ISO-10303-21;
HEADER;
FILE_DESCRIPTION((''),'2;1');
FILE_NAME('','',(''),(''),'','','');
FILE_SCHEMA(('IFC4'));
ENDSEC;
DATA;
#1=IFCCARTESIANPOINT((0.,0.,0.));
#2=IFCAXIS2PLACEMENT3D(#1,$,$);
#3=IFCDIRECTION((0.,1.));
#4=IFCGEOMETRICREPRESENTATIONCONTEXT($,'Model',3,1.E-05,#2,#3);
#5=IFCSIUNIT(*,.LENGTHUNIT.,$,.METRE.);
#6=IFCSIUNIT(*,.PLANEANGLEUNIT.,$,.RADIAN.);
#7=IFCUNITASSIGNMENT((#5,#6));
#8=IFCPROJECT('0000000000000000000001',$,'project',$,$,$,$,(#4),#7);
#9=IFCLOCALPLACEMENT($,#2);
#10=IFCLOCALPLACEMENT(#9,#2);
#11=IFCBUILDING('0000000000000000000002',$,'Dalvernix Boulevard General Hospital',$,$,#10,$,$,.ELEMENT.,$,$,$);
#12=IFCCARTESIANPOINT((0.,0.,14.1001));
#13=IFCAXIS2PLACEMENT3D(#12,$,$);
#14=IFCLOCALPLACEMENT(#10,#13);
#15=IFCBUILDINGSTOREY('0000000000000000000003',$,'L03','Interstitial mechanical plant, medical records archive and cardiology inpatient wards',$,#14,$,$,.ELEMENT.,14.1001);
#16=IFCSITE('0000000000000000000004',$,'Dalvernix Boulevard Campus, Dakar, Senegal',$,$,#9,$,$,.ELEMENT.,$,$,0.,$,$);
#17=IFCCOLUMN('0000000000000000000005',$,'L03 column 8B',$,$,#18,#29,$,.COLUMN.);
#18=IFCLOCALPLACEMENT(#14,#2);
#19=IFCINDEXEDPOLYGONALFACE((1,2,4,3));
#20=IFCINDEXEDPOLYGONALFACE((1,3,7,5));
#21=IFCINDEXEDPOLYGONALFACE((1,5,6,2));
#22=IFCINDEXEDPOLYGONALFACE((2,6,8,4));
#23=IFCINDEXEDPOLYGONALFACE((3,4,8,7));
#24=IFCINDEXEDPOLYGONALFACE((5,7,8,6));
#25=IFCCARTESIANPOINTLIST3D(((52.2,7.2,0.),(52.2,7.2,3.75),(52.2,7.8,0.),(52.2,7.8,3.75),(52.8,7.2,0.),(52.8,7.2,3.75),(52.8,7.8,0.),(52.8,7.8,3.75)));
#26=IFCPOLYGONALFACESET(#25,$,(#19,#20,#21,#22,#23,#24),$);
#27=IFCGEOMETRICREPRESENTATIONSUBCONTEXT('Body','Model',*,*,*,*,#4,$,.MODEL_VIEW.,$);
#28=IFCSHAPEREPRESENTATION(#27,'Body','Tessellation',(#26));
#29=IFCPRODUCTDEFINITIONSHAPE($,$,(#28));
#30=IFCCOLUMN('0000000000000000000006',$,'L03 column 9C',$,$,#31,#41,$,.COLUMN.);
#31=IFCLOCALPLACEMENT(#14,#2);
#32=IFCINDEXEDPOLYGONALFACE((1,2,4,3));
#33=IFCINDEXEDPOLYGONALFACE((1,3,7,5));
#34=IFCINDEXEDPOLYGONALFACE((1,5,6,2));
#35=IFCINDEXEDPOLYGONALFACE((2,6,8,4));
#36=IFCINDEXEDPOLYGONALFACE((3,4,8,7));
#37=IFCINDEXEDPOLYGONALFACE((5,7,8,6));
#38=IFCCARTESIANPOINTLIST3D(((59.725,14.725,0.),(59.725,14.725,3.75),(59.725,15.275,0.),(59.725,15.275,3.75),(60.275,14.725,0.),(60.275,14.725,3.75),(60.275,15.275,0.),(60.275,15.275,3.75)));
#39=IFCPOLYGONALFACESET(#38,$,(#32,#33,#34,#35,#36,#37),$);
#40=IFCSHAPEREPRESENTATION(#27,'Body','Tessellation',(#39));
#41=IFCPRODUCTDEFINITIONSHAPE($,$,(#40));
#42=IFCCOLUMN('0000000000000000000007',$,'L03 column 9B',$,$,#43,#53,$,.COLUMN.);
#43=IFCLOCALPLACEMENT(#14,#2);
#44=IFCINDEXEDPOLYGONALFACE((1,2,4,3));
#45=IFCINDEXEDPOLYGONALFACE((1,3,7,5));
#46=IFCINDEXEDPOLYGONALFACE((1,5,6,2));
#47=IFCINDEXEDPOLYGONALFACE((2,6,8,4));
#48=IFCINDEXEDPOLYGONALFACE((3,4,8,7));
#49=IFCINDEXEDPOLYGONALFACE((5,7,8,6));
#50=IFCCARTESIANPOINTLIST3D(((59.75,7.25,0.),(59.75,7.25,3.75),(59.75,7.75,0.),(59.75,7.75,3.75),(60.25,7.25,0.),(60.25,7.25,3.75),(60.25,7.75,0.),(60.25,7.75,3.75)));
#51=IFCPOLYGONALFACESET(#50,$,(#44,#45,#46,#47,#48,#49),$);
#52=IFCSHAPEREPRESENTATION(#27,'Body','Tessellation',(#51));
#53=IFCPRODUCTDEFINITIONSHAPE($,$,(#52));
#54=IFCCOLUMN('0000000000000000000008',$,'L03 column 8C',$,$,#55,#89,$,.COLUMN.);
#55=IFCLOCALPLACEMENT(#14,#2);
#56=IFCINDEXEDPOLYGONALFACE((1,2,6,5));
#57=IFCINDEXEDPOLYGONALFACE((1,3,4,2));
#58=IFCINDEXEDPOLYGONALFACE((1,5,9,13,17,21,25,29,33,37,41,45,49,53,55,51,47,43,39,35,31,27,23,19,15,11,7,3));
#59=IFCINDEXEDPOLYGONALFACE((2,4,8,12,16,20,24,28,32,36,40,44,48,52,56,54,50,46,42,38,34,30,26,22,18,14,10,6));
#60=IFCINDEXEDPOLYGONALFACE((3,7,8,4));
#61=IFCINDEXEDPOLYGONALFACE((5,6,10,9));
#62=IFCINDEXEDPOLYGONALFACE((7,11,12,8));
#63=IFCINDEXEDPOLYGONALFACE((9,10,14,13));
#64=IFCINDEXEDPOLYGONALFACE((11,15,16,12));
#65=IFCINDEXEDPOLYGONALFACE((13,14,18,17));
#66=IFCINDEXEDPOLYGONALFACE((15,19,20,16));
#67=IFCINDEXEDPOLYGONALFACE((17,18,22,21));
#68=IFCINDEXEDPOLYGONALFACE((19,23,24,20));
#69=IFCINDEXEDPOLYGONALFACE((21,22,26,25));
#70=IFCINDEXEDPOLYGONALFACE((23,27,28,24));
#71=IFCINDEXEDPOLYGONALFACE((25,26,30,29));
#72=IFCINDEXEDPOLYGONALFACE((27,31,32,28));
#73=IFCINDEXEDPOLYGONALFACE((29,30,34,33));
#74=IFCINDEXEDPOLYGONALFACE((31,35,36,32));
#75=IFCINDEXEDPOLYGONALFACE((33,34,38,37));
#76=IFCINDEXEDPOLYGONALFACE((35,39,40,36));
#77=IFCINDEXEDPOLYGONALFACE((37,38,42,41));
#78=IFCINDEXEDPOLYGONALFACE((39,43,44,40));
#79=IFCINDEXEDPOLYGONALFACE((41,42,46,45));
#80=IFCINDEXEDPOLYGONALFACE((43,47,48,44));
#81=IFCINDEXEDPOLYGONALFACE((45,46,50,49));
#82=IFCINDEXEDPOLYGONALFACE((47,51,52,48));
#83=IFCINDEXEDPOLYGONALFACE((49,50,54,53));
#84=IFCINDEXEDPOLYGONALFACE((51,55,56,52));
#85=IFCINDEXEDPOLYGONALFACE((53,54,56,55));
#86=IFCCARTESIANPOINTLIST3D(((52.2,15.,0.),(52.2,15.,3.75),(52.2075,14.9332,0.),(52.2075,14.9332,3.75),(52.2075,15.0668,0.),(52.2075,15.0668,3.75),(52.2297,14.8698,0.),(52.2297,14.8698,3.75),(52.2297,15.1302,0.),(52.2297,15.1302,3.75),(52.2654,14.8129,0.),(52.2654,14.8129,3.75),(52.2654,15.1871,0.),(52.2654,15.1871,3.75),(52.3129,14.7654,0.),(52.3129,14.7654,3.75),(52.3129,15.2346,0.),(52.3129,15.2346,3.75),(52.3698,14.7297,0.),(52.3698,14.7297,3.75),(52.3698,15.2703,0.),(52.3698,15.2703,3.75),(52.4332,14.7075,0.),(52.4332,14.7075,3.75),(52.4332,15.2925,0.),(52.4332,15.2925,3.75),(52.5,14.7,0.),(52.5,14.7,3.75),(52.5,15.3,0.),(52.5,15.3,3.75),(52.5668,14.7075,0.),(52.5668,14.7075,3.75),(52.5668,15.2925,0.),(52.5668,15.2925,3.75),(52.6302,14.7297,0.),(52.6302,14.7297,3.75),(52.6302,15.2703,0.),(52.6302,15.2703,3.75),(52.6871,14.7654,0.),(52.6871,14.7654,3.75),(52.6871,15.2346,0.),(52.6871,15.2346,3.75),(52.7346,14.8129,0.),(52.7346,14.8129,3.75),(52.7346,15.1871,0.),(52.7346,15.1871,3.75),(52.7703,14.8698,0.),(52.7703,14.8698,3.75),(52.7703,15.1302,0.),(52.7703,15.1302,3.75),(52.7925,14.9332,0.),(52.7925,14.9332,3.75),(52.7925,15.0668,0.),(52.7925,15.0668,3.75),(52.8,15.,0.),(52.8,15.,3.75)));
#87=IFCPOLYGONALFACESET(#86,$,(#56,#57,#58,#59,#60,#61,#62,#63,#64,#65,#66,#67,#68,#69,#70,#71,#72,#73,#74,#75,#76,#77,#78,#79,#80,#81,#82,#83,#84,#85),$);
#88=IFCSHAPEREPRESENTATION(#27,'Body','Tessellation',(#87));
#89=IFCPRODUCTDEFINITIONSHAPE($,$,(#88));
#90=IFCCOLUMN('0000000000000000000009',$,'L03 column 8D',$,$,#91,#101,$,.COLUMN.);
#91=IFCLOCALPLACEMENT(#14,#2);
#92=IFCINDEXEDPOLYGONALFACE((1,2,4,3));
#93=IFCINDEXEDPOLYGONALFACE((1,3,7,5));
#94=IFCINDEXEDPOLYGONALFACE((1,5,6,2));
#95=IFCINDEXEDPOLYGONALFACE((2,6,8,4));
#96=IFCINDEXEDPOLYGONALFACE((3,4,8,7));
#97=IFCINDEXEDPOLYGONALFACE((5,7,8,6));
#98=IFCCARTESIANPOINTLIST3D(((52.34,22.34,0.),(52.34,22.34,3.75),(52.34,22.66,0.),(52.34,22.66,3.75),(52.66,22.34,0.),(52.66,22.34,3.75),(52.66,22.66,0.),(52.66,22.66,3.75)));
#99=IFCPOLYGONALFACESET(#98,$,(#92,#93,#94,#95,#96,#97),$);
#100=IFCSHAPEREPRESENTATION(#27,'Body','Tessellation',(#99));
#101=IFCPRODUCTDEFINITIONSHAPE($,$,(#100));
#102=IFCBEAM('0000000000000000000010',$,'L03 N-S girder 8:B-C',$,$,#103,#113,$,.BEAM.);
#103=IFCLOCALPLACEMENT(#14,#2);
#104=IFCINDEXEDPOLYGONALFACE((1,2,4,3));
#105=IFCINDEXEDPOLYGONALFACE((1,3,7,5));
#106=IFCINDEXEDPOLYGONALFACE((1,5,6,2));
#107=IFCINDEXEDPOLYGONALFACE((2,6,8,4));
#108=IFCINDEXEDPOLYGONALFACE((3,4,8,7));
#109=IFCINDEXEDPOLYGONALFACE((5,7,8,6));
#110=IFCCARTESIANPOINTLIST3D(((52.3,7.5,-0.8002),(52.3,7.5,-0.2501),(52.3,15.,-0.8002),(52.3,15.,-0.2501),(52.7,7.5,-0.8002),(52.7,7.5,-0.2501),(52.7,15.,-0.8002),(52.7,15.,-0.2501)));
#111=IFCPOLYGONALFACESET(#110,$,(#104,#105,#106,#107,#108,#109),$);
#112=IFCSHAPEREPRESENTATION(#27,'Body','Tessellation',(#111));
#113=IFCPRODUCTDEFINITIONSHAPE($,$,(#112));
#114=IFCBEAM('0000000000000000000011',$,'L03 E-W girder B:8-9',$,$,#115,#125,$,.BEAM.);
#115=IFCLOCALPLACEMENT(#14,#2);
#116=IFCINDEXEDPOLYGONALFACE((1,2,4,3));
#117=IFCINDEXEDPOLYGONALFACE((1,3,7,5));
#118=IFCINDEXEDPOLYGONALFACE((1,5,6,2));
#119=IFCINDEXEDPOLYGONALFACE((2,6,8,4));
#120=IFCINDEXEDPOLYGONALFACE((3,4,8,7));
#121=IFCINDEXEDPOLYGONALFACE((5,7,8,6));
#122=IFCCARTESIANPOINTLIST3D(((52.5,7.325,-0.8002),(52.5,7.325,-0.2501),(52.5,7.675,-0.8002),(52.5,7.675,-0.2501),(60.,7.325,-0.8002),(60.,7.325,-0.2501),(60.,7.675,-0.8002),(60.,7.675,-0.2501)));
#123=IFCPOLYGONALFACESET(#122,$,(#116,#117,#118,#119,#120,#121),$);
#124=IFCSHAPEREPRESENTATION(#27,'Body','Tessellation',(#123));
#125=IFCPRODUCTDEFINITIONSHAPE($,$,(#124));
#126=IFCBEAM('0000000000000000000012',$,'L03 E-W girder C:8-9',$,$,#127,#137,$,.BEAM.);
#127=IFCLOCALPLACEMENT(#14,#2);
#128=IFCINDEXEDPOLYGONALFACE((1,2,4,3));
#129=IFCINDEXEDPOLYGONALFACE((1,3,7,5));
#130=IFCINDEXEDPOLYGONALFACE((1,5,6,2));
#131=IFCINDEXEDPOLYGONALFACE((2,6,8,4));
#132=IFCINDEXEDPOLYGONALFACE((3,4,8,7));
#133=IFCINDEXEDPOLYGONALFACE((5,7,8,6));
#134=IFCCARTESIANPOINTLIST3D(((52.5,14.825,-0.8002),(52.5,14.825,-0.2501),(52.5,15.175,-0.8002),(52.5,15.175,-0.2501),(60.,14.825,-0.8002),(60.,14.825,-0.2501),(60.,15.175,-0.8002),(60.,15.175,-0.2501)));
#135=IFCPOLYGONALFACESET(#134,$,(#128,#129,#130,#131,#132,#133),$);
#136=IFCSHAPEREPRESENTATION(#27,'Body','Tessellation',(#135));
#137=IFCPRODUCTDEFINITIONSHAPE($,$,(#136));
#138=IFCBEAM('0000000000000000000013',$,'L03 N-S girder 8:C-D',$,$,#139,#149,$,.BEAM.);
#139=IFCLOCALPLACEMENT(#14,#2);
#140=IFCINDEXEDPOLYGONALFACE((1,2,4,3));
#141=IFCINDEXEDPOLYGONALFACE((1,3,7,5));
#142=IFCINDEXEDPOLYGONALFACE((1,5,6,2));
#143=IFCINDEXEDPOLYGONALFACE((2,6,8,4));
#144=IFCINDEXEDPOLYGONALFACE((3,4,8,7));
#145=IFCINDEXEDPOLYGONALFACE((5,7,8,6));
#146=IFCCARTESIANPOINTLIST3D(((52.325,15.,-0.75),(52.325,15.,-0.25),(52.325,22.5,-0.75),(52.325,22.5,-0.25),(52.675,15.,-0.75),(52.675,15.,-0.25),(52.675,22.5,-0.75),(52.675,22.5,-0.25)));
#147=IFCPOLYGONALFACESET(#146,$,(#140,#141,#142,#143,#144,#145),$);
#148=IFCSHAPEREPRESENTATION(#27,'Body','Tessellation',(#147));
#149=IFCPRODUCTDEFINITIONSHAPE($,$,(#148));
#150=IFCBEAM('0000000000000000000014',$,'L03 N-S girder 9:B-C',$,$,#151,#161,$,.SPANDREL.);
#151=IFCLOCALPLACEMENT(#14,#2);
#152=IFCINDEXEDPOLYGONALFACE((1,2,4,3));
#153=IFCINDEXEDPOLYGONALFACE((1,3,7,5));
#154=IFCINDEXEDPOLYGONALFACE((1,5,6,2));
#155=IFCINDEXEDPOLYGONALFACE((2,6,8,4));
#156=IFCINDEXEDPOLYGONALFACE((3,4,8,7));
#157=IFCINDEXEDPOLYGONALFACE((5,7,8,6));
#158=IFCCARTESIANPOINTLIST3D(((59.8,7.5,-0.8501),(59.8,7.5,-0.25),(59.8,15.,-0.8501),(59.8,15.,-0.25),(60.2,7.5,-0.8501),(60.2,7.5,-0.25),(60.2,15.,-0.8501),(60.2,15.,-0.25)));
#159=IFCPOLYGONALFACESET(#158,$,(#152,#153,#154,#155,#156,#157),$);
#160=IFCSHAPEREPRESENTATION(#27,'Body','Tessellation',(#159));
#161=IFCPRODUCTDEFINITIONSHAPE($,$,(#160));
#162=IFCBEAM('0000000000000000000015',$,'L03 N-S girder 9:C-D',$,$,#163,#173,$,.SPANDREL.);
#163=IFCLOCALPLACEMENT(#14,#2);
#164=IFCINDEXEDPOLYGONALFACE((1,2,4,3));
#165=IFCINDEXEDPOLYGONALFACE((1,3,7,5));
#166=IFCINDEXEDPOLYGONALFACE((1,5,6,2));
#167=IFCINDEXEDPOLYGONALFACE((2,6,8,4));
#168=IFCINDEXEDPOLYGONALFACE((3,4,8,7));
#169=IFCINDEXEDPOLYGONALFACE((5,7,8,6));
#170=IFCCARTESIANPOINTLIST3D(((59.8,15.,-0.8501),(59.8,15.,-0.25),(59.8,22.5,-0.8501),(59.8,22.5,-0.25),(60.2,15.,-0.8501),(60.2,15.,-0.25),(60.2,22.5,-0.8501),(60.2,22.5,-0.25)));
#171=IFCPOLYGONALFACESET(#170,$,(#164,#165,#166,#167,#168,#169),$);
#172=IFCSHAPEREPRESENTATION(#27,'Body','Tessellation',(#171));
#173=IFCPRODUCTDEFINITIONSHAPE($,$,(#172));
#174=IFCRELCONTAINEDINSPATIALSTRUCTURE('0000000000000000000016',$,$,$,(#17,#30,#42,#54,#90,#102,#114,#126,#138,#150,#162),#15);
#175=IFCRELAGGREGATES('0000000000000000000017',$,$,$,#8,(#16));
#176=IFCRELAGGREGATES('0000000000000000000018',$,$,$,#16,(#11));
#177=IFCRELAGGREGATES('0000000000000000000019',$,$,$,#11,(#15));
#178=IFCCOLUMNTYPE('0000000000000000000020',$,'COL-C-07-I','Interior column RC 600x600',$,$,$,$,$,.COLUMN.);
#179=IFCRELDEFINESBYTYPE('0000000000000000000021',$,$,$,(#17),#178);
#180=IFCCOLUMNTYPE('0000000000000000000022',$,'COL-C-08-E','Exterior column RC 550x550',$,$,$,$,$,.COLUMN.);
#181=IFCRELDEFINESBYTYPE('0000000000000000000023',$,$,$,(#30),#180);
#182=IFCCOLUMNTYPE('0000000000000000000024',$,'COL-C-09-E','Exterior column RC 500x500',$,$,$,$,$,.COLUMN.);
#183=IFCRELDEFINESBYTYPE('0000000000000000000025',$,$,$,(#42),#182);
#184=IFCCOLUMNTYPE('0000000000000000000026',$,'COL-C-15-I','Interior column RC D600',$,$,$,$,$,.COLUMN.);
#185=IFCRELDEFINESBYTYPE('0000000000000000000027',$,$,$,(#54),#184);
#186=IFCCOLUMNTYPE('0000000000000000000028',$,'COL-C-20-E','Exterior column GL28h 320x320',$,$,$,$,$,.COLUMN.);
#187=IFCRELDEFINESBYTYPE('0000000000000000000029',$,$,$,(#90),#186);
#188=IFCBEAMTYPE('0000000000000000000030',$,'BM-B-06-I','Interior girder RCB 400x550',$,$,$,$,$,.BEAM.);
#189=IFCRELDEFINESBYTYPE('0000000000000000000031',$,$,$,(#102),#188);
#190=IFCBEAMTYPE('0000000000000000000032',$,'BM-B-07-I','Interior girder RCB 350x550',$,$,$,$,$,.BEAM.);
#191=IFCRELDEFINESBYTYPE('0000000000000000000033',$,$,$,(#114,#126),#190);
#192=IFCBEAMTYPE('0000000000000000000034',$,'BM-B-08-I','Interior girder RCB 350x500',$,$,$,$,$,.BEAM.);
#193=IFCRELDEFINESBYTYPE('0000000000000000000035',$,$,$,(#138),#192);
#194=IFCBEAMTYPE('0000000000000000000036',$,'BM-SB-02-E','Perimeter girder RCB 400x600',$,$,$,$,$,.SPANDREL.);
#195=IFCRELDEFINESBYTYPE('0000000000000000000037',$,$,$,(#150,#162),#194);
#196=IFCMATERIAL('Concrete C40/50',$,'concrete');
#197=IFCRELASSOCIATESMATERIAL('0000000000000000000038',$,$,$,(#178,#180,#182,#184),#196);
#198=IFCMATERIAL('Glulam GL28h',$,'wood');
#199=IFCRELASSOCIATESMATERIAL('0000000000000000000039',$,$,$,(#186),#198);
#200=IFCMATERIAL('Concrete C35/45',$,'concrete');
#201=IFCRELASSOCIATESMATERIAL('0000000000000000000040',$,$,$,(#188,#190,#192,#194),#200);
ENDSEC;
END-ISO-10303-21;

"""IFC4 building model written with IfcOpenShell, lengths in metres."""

from ifc_helpers import new_model, si_unit, direction, frame, origin, origin_2d, place, context, subcontext, project, spatial, rectangle, circle, extrude, material, material_profile, profile_set, type_object, element, save


model = new_model("IFC4")

# Units and contexts
model_context = context("Model", 3, precision=1e-05, world=origin(), true_north=direction((0.0, 1.0)))
body_context = subcontext(model_context, "Body", "Model", "MODEL_VIEW")
ifc_project = project(units=[si_unit("LENGTHUNIT", "METRE"), si_unit("PLANEANGLEUNIT", "RADIAN")], contexts=[model_context])

# Site, building, storey
site_placement = place(None, origin())
site = spatial("IfcSite", under=ifc_project, at=site_placement, Name="Dalvernix Boulevard Campus, Dakar, Senegal", CompositionType="ELEMENT", RefElevation=0.0)
building_placement = place(site_placement, origin())
building = spatial("IfcBuilding", under=site, at=building_placement, Name="Dalvernix Boulevard General Hospital", CompositionType="ELEMENT")
storey_placement = place(building_placement, frame((0.0, 0.0, 14.1001)))
storey = spatial("IfcBuildingStorey", under=building, at=storey_placement, Name="L03", Description="Interstitial mechanical plant, medical records archive and cardiology inpatient wards", CompositionType="ELEMENT", Elevation=14.1001)

# Columns
ifc_material_1 = material(Name="Concrete C40/50", Category="concrete")
ifc_material_profile_1 = material_profile(ifc_material_1, rectangle(XDim=0.6001, YDim=0.6001, at=origin_2d()), Name="RC 600x600")
ifc_profile_set_1 = profile_set([ifc_material_profile_1], Name="Concrete C40/50")
column_type_1 = type_object("IfcColumnType", Name="COL-C-07-I", Description="Interior column RC 600x600", PredefinedType="COLUMN", material=ifc_profile_set_1)
column_1_placement = place(storey_placement, frame((52.5, 7.5, 0.0), z_axis=(0.0, 0.0, 1.0), x_axis=(1.0, 0.0, 0.0)))
element("IfcColumn", 1, at=column_1_placement, inside=storey, type_object=column_type_1, Name="L03 column 8B", PredefinedType="COLUMN", context=body_context, shape_type="SweptSolid", body=[
    extrude(rectangle(XDim=0.6001, YDim=0.6001, at=origin_2d()), origin(), (0.0, 0.0, 1.0), 3.75),
])
ifc_material_profile_2 = material_profile(ifc_material_1, rectangle(XDim=0.55, YDim=0.55, at=origin_2d()), Name="RC 550x550")
ifc_profile_set_2 = profile_set([ifc_material_profile_2], Name="Concrete C40/50")
column_type_2 = type_object("IfcColumnType", Name="COL-C-08-E", Description="Exterior column RC 550x550", PredefinedType="COLUMN", material=ifc_profile_set_2)
column_2_placement = place(storey_placement, frame((60.0, 15.0, 0.0), z_axis=(0.0, 0.0, 1.0), x_axis=(1.0, 0.0, 0.0)))
element("IfcColumn", 2, at=column_2_placement, inside=storey, type_object=column_type_2, Name="L03 column 9C", PredefinedType="COLUMN", context=body_context, shape_type="SweptSolid", body=[
    extrude(rectangle(XDim=0.55, YDim=0.55, at=origin_2d()), origin(), (0.0, 0.0, 1.0), 3.75),
])
ifc_material_profile_3 = material_profile(ifc_material_1, rectangle(XDim=0.5, YDim=0.5, at=origin_2d()), Name="RC 500x500")
ifc_profile_set_3 = profile_set([ifc_material_profile_3], Name="Concrete C40/50")
column_type_3 = type_object("IfcColumnType", Name="COL-C-09-E", Description="Exterior column RC 500x500", PredefinedType="COLUMN", material=ifc_profile_set_3)
column_3_placement = place(storey_placement, frame((60.0, 7.5, 0.0), z_axis=(0.0, 0.0, 1.0), x_axis=(1.0, 0.0, 0.0)))
element("IfcColumn", 3, at=column_3_placement, inside=storey, type_object=column_type_3, Name="L03 column 9B", PredefinedType="COLUMN", context=body_context, shape_type="SweptSolid", body=[
    extrude(rectangle(XDim=0.5, YDim=0.5, at=origin_2d()), origin(), (0.0, 0.0, 1.0), 3.75),
])
ifc_material_profile_4 = material_profile(ifc_material_1, circle(Radius=0.3, at=origin_2d()), Name="RC D600")
ifc_profile_set_4 = profile_set([ifc_material_profile_4], Name="Concrete C40/50")
column_type_4 = type_object("IfcColumnType", Name="COL-C-15-I", Description="Interior column RC D600", PredefinedType="COLUMN", material=ifc_profile_set_4)
column_4_placement = place(storey_placement, frame((52.5, 15.0, 0.0), z_axis=(0.0, 0.0, 1.0), x_axis=(1.0, 0.0, 0.0)))
element("IfcColumn", 4, at=column_4_placement, inside=storey, type_object=column_type_4, Name="L03 column 8C", PredefinedType="COLUMN", context=body_context, shape_type="SweptSolid", body=[
    extrude(circle(Radius=0.3, at=origin_2d()), origin(), (0.0, 0.0, 1.0), 3.75),
])
ifc_material_2 = material(Name="Glulam GL28h", Category="wood")
ifc_material_profile_5 = material_profile(ifc_material_2, rectangle(XDim=0.3201, YDim=0.3201, at=origin_2d()), Name="GL28h 320x320")
ifc_profile_set_5 = profile_set([ifc_material_profile_5], Name="Glulam GL28h")
column_type_5 = type_object("IfcColumnType", Name="COL-C-20-E", Description="Exterior column GL28h 320x320", PredefinedType="COLUMN", material=ifc_profile_set_5)
column_5_placement = place(storey_placement, frame((52.5, 22.5, 0.0), z_axis=(0.0, 0.0, 1.0), x_axis=(1.0, 0.0, 0.0)))
element("IfcColumn", 5, at=column_5_placement, inside=storey, type_object=column_type_5, Name="L03 column 8D", PredefinedType="COLUMN", context=body_context, shape_type="SweptSolid", body=[
    extrude(rectangle(XDim=0.3201, YDim=0.3201, at=origin_2d()), origin(), (0.0, 0.0, 1.0), 3.75),
])

# Beams
ifc_material_3 = material(Name="Concrete C35/45", Category="concrete")
ifc_material_profile_6 = material_profile(ifc_material_3, rectangle(XDim=0.3999, YDim=0.55, at=origin_2d()), Name="RCB 400x550")
ifc_profile_set_6 = profile_set([ifc_material_profile_6], Name="Concrete C35/45")
beam_type_1 = type_object("IfcBeamType", Name="BM-B-06-I", Description="Interior girder RCB 400x550", PredefinedType="BEAM", material=ifc_profile_set_6)
beam_1_placement = place(storey_placement, frame((52.5, 7.5, -0.5251), z_axis=(0.0, 1.0, 0.0), x_axis=(-1.0, 0.0, 0.0)))
element("IfcBeam", 6, at=beam_1_placement, inside=storey, type_object=beam_type_1, Name="L03 N-S girder 8:B-C", PredefinedType="BEAM", context=body_context, shape_type="SweptSolid", body=[
    extrude(rectangle(XDim=0.3999, YDim=0.55, at=origin_2d()), origin(), (0.0, 0.0, 1.0), 7.5),
])
ifc_material_profile_7 = material_profile(ifc_material_3, rectangle(XDim=0.3501, YDim=0.55, at=origin_2d()), Name="RCB 350x550")
ifc_profile_set_7 = profile_set([ifc_material_profile_7], Name="Concrete C35/45")
beam_type_2 = type_object("IfcBeamType", Name="BM-B-07-I", Description="Interior girder RCB 350x550", PredefinedType="BEAM", material=ifc_profile_set_7)
for number, where, z_axis, x_axis, name in (
    (7, (52.5, 7.5, -0.5251), (1.0, 0.0, 0.0), (0.0, 1.0, 0.0), "L03 E-W girder B:8-9"),
    (8, (52.5, 15.0, -0.5251), (1.0, 0.0, 0.0), (0.0, 1.0, 0.0), "L03 E-W girder C:8-9"),
):
    element("IfcBeam", number, at=place(storey_placement, frame(where, z_axis=z_axis, x_axis=x_axis)), inside=storey, type_object=beam_type_2, Name=name, PredefinedType="BEAM", context=body_context, shape_type="SweptSolid", body=[
        extrude(rectangle(XDim=0.3501, YDim=0.55, at=origin_2d()), origin(), (0.0, 0.0, 1.0), 7.5),
    ])
ifc_material_profile_8 = material_profile(ifc_material_3, rectangle(XDim=0.3501, YDim=0.5, at=origin_2d()), Name="RCB 350x500")
ifc_profile_set_8 = profile_set([ifc_material_profile_8], Name="Concrete C35/45")
beam_type_3 = type_object("IfcBeamType", Name="BM-B-08-I", Description="Interior girder RCB 350x500", PredefinedType="BEAM", material=ifc_profile_set_8)
beam_2_placement = place(storey_placement, frame((52.5, 15.0, -0.5), z_axis=(0.0, 1.0, 0.0), x_axis=(-1.0, 0.0, 0.0)))
element("IfcBeam", 9, at=beam_2_placement, inside=storey, type_object=beam_type_3, Name="L03 N-S girder 8:C-D", PredefinedType="BEAM", context=body_context, shape_type="SweptSolid", body=[
    extrude(rectangle(XDim=0.3501, YDim=0.5, at=origin_2d()), origin(), (0.0, 0.0, 1.0), 7.5),
])
ifc_material_profile_9 = material_profile(ifc_material_3, rectangle(XDim=0.3999, YDim=0.6001, at=origin_2d()), Name="RCB 400x600")
ifc_profile_set_9 = profile_set([ifc_material_profile_9], Name="Concrete C35/45")
beam_type_4 = type_object("IfcBeamType", Name="BM-SB-02-E", Description="Perimeter girder RCB 400x600", PredefinedType="SPANDREL", material=ifc_profile_set_9)
for number, where, z_axis, x_axis, name in (
    (10, (60.0, 7.5, -0.55), (0.0, 1.0, 0.0), (-1.0, 0.0, 0.0), "L03 N-S girder 9:B-C"),
    (11, (60.0, 15.0, -0.55), (0.0, 1.0, 0.0), (-1.0, 0.0, 0.0), "L03 N-S girder 9:C-D"),
):
    element("IfcBeam", number, at=place(storey_placement, frame(where, z_axis=z_axis, x_axis=x_axis)), inside=storey, type_object=beam_type_4, Name=name, PredefinedType="SPANDREL", context=body_context, shape_type="SweptSolid", body=[
        extrude(rectangle(XDim=0.3999, YDim=0.6001, at=origin_2d()), origin(), (0.0, 0.0, 1.0), 7.5),
    ])

save(model, "model.ifc")
